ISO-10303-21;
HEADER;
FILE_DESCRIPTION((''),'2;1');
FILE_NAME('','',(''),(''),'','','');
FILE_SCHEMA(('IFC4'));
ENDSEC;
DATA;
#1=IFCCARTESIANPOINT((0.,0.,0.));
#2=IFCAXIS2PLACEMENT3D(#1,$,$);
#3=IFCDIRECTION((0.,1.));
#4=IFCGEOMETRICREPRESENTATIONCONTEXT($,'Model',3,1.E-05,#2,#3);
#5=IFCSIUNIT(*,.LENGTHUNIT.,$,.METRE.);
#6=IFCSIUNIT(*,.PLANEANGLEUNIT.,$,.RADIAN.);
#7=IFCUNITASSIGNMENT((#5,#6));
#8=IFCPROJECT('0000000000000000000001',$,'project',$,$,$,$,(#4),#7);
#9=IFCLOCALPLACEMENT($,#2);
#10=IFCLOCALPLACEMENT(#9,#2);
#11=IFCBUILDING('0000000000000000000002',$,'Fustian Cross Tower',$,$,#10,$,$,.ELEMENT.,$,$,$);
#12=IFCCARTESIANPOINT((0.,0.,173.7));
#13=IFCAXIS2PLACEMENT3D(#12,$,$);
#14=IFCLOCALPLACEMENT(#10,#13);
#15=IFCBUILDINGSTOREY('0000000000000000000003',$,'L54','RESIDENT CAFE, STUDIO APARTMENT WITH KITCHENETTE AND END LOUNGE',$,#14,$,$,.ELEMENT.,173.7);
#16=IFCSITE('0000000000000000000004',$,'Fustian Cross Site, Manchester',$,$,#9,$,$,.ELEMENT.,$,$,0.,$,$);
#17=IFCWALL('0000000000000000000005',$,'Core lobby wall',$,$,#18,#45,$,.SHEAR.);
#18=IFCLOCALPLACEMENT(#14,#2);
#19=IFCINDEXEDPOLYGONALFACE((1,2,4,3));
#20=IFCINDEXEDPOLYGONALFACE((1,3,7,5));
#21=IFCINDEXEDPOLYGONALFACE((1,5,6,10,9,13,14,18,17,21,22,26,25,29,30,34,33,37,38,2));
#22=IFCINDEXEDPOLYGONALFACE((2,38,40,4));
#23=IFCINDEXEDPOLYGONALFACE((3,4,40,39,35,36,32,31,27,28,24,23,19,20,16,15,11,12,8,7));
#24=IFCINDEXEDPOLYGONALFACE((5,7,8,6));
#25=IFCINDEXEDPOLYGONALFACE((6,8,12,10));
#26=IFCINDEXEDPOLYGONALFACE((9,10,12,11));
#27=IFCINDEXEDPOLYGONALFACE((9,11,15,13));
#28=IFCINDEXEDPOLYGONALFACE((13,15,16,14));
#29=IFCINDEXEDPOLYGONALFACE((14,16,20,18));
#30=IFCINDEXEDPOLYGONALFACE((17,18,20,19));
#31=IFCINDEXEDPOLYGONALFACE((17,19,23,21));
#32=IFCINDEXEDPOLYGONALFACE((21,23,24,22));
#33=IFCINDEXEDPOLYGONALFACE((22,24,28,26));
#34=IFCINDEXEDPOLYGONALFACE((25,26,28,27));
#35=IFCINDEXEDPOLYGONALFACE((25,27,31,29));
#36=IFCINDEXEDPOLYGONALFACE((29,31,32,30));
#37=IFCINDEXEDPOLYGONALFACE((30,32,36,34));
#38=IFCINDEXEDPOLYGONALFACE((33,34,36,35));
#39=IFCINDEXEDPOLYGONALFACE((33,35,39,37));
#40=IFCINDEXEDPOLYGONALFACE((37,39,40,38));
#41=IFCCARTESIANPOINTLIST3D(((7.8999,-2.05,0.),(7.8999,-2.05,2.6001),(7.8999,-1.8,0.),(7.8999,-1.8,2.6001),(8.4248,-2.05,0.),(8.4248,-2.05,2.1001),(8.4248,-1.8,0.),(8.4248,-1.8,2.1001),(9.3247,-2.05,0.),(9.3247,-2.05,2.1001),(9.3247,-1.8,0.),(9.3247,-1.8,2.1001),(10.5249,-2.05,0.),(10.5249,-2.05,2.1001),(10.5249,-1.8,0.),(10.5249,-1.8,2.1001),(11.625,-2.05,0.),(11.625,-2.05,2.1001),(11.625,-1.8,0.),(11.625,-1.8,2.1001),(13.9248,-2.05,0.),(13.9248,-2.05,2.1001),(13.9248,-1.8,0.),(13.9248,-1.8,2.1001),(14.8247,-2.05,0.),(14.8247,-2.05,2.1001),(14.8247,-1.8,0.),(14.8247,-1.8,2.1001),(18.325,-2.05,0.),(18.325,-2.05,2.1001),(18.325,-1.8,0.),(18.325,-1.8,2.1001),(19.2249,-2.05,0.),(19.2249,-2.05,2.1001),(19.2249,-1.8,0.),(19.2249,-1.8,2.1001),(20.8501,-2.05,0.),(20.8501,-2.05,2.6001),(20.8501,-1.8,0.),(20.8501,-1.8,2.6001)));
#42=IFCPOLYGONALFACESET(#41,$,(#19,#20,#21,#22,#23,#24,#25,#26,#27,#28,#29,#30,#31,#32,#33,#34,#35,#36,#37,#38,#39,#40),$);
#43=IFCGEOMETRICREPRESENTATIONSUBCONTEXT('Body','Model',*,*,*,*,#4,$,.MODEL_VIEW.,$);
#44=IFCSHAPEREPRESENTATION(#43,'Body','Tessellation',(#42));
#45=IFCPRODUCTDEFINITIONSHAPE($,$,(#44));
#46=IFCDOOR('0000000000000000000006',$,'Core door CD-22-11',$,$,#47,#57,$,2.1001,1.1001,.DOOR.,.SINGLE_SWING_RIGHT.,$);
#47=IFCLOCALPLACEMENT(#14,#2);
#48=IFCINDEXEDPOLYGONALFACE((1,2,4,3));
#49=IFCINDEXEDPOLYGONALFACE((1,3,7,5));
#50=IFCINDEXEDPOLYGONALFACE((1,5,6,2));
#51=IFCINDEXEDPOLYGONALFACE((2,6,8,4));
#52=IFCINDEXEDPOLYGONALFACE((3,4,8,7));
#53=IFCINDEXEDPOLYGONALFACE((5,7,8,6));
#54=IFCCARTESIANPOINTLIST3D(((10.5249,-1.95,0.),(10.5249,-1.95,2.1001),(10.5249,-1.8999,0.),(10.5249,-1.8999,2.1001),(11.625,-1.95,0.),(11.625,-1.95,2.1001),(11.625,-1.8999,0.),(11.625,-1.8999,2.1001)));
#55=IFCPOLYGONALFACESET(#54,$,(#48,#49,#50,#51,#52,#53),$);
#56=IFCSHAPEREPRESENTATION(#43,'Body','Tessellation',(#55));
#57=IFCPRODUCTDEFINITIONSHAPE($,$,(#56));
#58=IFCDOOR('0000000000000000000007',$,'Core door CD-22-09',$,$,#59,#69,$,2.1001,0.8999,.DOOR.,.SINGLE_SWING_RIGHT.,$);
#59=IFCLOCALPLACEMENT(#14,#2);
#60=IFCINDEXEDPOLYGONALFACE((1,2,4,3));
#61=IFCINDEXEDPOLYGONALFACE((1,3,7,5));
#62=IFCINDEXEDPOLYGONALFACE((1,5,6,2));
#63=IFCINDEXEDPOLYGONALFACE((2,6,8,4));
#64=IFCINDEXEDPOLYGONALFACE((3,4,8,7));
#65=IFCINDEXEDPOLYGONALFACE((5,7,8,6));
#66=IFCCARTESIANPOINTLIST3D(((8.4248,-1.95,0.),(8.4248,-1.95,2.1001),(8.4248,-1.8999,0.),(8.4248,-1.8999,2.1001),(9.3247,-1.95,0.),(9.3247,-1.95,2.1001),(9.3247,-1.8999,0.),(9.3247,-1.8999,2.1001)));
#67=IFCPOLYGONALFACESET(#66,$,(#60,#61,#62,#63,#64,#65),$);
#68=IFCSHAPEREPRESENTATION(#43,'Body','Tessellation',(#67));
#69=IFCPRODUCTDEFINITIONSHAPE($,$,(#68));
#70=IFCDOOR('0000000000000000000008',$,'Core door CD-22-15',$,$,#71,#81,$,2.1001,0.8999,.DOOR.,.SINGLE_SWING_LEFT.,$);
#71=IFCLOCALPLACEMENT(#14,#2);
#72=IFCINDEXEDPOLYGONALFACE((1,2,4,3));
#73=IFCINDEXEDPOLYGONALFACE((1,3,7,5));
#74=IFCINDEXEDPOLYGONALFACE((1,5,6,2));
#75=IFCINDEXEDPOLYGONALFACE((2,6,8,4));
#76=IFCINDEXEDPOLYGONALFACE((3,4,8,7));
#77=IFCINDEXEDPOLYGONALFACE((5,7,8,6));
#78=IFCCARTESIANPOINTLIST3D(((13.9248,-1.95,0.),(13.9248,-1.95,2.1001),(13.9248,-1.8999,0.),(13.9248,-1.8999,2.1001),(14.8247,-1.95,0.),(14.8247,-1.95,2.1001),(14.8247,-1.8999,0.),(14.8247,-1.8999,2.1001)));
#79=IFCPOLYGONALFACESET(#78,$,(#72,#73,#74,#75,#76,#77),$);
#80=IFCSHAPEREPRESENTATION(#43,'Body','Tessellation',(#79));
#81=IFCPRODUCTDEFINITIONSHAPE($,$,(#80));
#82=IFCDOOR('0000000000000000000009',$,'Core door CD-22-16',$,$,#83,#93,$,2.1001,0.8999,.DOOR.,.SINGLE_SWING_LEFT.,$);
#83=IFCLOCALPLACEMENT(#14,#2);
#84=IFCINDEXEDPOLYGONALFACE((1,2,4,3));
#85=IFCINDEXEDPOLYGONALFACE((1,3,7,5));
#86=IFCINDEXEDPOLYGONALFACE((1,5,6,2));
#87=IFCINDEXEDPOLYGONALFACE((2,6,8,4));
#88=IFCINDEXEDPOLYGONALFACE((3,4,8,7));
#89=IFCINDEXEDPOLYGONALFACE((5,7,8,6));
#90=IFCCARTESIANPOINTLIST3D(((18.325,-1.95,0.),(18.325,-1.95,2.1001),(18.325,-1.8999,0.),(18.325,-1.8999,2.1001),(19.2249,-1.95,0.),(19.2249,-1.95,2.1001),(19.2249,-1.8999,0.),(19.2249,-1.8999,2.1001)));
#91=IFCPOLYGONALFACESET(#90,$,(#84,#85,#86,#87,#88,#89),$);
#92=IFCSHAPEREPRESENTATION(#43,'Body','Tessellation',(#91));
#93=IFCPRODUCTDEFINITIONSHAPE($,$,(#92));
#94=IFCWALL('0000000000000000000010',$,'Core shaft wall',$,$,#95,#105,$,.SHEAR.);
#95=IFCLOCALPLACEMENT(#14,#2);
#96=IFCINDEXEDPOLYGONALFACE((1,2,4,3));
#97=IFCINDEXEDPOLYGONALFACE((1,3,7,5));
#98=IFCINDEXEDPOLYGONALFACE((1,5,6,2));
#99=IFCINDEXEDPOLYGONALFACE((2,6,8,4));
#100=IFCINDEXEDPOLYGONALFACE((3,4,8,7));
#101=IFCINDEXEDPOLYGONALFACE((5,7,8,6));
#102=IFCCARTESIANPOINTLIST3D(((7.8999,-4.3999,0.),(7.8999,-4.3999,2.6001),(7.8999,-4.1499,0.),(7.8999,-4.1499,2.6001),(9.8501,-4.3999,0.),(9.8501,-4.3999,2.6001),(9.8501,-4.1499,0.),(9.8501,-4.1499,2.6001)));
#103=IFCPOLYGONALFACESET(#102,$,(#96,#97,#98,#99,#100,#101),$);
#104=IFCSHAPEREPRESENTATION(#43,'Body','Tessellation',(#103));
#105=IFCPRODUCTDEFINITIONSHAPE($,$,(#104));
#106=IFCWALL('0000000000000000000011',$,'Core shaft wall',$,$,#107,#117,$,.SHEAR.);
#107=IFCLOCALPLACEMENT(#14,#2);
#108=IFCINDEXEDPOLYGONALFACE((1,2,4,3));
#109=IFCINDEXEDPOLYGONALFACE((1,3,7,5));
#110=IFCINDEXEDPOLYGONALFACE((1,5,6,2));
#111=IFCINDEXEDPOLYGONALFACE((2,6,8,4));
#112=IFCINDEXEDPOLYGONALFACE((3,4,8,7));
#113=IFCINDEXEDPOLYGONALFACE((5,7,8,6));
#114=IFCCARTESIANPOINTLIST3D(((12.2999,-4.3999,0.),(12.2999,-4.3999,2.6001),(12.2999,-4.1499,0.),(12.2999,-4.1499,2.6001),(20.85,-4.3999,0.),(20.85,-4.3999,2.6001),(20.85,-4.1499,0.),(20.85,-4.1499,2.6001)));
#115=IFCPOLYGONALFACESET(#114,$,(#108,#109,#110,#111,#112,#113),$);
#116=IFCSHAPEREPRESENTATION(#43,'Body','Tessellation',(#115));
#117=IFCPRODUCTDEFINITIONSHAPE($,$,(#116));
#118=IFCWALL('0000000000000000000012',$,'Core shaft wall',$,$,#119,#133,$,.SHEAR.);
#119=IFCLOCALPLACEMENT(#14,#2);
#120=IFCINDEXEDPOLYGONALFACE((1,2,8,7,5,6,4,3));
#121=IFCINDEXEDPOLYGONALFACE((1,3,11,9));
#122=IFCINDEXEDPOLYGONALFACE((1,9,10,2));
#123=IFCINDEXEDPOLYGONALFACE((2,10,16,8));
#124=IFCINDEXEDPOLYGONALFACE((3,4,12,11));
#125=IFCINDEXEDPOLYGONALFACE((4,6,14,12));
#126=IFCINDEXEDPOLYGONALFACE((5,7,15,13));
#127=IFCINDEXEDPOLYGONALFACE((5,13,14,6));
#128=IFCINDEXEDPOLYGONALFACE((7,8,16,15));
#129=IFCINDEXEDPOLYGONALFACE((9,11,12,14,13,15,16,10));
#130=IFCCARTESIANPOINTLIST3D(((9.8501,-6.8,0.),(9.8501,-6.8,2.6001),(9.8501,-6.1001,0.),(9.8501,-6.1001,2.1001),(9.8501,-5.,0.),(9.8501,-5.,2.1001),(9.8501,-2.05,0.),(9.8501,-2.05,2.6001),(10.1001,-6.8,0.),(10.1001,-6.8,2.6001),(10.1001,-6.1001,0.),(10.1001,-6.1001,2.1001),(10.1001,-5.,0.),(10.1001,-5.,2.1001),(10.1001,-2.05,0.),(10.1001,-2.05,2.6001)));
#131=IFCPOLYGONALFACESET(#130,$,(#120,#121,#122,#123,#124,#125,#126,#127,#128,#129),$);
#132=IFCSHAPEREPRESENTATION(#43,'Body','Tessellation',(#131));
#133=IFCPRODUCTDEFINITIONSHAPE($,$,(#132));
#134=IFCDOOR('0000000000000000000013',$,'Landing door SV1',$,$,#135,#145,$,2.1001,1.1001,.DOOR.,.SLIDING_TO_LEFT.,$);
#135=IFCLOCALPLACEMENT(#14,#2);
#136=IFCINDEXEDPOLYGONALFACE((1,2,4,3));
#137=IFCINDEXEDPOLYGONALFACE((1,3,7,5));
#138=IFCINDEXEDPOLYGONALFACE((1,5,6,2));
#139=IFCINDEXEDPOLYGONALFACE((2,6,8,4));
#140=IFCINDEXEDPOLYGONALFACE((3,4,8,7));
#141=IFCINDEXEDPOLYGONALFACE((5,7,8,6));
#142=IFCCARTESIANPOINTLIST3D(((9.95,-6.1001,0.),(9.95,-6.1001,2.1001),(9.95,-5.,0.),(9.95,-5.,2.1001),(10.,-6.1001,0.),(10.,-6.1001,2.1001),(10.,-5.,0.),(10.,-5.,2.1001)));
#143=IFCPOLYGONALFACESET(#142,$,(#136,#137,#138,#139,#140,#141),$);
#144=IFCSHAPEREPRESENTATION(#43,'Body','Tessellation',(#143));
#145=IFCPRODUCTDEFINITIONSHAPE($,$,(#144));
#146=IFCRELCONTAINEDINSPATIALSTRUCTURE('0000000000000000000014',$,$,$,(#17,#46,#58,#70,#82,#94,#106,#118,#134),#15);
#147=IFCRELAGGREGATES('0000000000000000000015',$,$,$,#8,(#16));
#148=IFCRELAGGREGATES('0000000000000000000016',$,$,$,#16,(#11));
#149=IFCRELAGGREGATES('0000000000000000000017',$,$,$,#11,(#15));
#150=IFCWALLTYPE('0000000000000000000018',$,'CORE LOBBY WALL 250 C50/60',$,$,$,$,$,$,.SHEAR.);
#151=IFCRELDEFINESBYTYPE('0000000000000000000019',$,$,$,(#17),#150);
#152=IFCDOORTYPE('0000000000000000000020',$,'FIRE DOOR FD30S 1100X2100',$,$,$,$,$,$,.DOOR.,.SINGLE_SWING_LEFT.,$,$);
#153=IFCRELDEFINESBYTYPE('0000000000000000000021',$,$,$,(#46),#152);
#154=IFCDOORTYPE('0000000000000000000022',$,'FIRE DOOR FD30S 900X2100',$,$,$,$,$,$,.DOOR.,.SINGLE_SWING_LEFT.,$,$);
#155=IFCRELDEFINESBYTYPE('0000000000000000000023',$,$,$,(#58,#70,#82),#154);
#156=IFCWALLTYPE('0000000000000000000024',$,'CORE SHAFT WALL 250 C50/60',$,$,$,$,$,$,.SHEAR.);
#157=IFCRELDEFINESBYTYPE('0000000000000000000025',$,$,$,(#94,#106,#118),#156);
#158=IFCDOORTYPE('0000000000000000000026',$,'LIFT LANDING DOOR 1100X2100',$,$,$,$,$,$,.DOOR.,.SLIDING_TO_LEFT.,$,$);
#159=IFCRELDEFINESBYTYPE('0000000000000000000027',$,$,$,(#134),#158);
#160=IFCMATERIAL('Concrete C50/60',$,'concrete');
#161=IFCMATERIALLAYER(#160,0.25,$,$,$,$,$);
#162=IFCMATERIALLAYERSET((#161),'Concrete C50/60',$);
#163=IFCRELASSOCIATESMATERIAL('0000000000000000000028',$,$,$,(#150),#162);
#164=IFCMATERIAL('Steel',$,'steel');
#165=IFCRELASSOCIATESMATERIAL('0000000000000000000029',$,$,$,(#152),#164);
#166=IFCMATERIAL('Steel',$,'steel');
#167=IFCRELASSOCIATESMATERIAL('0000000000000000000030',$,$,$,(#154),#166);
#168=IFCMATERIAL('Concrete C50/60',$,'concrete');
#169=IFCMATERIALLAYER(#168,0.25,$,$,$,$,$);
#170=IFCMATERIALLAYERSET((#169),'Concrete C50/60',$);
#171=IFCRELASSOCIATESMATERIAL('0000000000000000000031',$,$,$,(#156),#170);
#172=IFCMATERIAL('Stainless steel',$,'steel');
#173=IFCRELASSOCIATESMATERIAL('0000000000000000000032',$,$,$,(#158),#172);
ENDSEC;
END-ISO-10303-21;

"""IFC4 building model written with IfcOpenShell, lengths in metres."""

from ifc_helpers import new_model, si_unit, direction, frame, frame_2d, origin, place, context, subcontext, project, spatial, rectangle, extrude, material, layer, layer_set, type_object, element, fill, save


model = new_model("IFC4")

# Units and contexts
model_context = context("Model", 3, precision=1e-05, world=origin(), true_north=direction((0.0, 1.0)))
body_context = subcontext(model_context, "Body", "Model", "MODEL_VIEW")
ifc_project = project(units=[si_unit("LENGTHUNIT", "METRE"), si_unit("PLANEANGLEUNIT", "RADIAN")], contexts=[model_context])

# Site, building, storey
site_placement = place(None, origin())
site = spatial("IfcSite", under=ifc_project, at=site_placement, Name="Fustian Cross Site, Manchester", CompositionType="ELEMENT", RefElevation=0.0)
building_placement = place(site_placement, origin())
building = spatial("IfcBuilding", under=site, at=building_placement, Name="Fustian Cross Tower", CompositionType="ELEMENT")
storey_placement = place(building_placement, frame((0.0, 0.0, 173.7)))
storey = spatial("IfcBuildingStorey", under=building, at=storey_placement, Name="L54", Description="RESIDENT CAFE, STUDIO APARTMENT WITH KITCHENETTE AND END LOUNGE", CompositionType="ELEMENT", Elevation=173.7)

# Wall, openings, doors
ifc_material_1 = material(Name="Concrete C50/60", Category="concrete")
ifc_layer_1 = layer(ifc_material_1, 0.25)
ifc_layer_set_1 = layer_set([ifc_layer_1], Name="Concrete C50/60")
wall_type_1 = type_object("IfcWallType", Name="CORE LOBBY WALL 250 C50/60", PredefinedType="SHEAR", material=ifc_layer_set_1)
wall_1_placement = place(storey_placement, frame((7.8999, -1.925, 0.0), z_axis=(0.0, 0.0, 1.0), x_axis=(1.0, 0.0, 0.0)))
wall_1 = element("IfcWall", 1, at=wall_1_placement, inside=storey, type_object=wall_type_1, Name="Core lobby wall", PredefinedType="SHEAR", context=body_context, shape_type="SweptSolid", body=[
    extrude(rectangle(XDim=12.9502, YDim=0.25, at=frame_2d((6.4751, 0.0))), origin(), (0.0, 0.0, 1.0), 2.6001),
])
opening_1_placement = place(wall_1_placement, frame((0.5249, 0.0, 0.0)))
opening_1 = element("IfcOpeningElement", 2, at=opening_1_placement, cuts=wall_1, PredefinedType="OPENING", context=body_context, shape_type="SweptSolid", body=[
    extrude(rectangle(XDim=0.8999, YDim=2.1001, at=frame_2d((0.45, 1.05))), frame((0.0, 0.135, 0.0), z_axis=(0.0, -1.0, 0.0), x_axis=(1.0, 0.0, 0.0)), (0.0, 0.0, 1.0), 0.27),
])
opening_2_placement = place(wall_1_placement, frame((2.625, 0.0, 0.0)))
opening_2 = element("IfcOpeningElement", 3, at=opening_2_placement, cuts=wall_1, PredefinedType="OPENING", context=body_context, shape_type="SweptSolid", body=[
    extrude(rectangle(XDim=1.1001, YDim=2.1001, at=frame_2d((0.55, 1.05))), frame((0.0, 0.135, 0.0), z_axis=(0.0, -1.0, 0.0), x_axis=(1.0, 0.0, 0.0)), (0.0, 0.0, 1.0), 0.27),
])
opening_3_placement = place(wall_1_placement, frame((6.0249, 0.0, 0.0)))
opening_3 = element("IfcOpeningElement", 4, at=opening_3_placement, cuts=wall_1, PredefinedType="OPENING", context=body_context, shape_type="SweptSolid", body=[
    extrude(rectangle(XDim=0.8999, YDim=2.1001, at=frame_2d((0.45, 1.05))), frame((0.0, 0.135, 0.0), z_axis=(0.0, -1.0, 0.0), x_axis=(1.0, 0.0, 0.0)), (0.0, 0.0, 1.0), 0.27),
])
opening_4_placement = place(wall_1_placement, frame((10.425, 0.0, 0.0)))
opening_4 = element("IfcOpeningElement", 5, at=opening_4_placement, cuts=wall_1, PredefinedType="OPENING", context=body_context, shape_type="SweptSolid", body=[
    extrude(rectangle(XDim=0.8999, YDim=2.1001, at=frame_2d((0.45, 1.05))), frame((0.0, 0.135, 0.0), z_axis=(0.0, -1.0, 0.0), x_axis=(1.0, 0.0, 0.0)), (0.0, 0.0, 1.0), 0.27),
])
ifc_material_2 = material(Name="Steel", Category="steel")
door_type_1 = type_object("IfcDoorType", Name="FIRE DOOR FD30S 1100X2100", OperationType="SINGLE_SWING_LEFT", PredefinedType="DOOR", material=ifc_material_2)
door_1_placement = place(opening_2_placement, frame((1.1001, 0.0, 0.0), z_axis=(0.0, 0.0, 1.0), x_axis=(-1.0, 0.0, 0.0)))
door_1 = element("IfcDoor", 6, at=door_1_placement, inside=storey, type_object=door_type_1, Name="Core door CD-22-11", OperationType="SINGLE_SWING_RIGHT", OverallHeight=2.1001, OverallWidth=1.1001, PredefinedType="DOOR", context=body_context, shape_type="SweptSolid", body=[
    extrude(rectangle(XDim=1.1001, YDim=2.1001, at=frame_2d((0.55, 1.05))), frame((0.0, 0.0249, 0.0), z_axis=(0.0, -1.0, 0.0), x_axis=(1.0, 0.0, 0.0)), (0.0, 0.0, 1.0), 0.05),
])
fill(opening_2, door_1)
ifc_material_3 = material(Name="Steel", Category="steel")
door_type_2 = type_object("IfcDoorType", Name="FIRE DOOR FD30S 900X2100", OperationType="SINGLE_SWING_LEFT", PredefinedType="DOOR", material=ifc_material_3)
door_2_placement = place(opening_1_placement, frame((0.8999, 0.0, 0.0), z_axis=(0.0, 0.0, 1.0), x_axis=(-1.0, 0.0, 0.0)))
door_2 = element("IfcDoor", 7, at=door_2_placement, inside=storey, type_object=door_type_2, Name="Core door CD-22-09", OperationType="SINGLE_SWING_RIGHT", OverallHeight=2.1001, OverallWidth=0.8999, PredefinedType="DOOR", context=body_context, shape_type="SweptSolid", body=[
    extrude(rectangle(XDim=0.8999, YDim=2.1001, at=frame_2d((0.45, 1.05))), frame((0.0, 0.0249, 0.0), z_axis=(0.0, -1.0, 0.0), x_axis=(1.0, 0.0, 0.0)), (0.0, 0.0, 1.0), 0.05),
])
fill(opening_1, door_2)
door_3_placement = place(opening_3_placement, frame((0.8999, 0.0, 0.0), z_axis=(0.0, 0.0, 1.0), x_axis=(-1.0, 0.0, 0.0)))
door_3 = element("IfcDoor", 8, at=door_3_placement, inside=storey, type_object=door_type_2, Name="Core door CD-22-15", OperationType="SINGLE_SWING_LEFT", OverallHeight=2.1001, OverallWidth=0.8999, PredefinedType="DOOR", context=body_context, shape_type="SweptSolid", body=[
    extrude(rectangle(XDim=0.8999, YDim=2.1001, at=frame_2d((0.45, 1.05))), frame((0.0, 0.0249, 0.0), z_axis=(0.0, -1.0, 0.0), x_axis=(1.0, 0.0, 0.0)), (0.0, 0.0, 1.0), 0.05),
])
fill(opening_3, door_3)
door_4_placement = place(opening_4_placement, frame((0.8999, 0.0, 0.0), z_axis=(0.0, 0.0, 1.0), x_axis=(-1.0, 0.0, 0.0)))
door_4 = element("IfcDoor", 9, at=door_4_placement, inside=storey, type_object=door_type_2, Name="Core door CD-22-16", OperationType="SINGLE_SWING_LEFT", OverallHeight=2.1001, OverallWidth=0.8999, PredefinedType="DOOR", context=body_context, shape_type="SweptSolid", body=[
    extrude(rectangle(XDim=0.8999, YDim=2.1001, at=frame_2d((0.45, 1.05))), frame((0.0, 0.0249, 0.0), z_axis=(0.0, -1.0, 0.0), x_axis=(1.0, 0.0, 0.0)), (0.0, 0.0, 1.0), 0.05),
])
fill(opening_4, door_4)

# Walls
ifc_material_4 = material(Name="Concrete C50/60", Category="concrete")
ifc_layer_2 = layer(ifc_material_4, 0.25)
ifc_layer_set_2 = layer_set([ifc_layer_2], Name="Concrete C50/60")
wall_type_2 = type_object("IfcWallType", Name="CORE SHAFT WALL 250 C50/60", PredefinedType="SHEAR", material=ifc_layer_set_2)
wall_2_placement = place(storey_placement, frame((7.8999, -4.2749, 0.0), z_axis=(0.0, 0.0, 1.0), x_axis=(1.0, 0.0, 0.0)))
element("IfcWall", 10, at=wall_2_placement, inside=storey, type_object=wall_type_2, Name="Core shaft wall", PredefinedType="SHEAR", context=body_context, shape_type="SweptSolid", body=[
    extrude(rectangle(XDim=1.9502, YDim=0.25, at=frame_2d((0.9751, 0.0))), origin(), (0.0, 0.0, 1.0), 2.6001),
])
wall_3_placement = place(storey_placement, frame((12.3, -4.2749, 0.0), z_axis=(0.0, 0.0, 1.0), x_axis=(1.0, 0.0, 0.0)))
element("IfcWall", 11, at=wall_3_placement, inside=storey, type_object=wall_type_2, Name="Core shaft wall", PredefinedType="SHEAR", context=body_context, shape_type="SweptSolid", body=[
    extrude(rectangle(XDim=8.55, YDim=0.25, at=frame_2d((4.2749, 0.0))), origin(), (0.0, 0.0, 1.0), 2.6001),
])

# Wall, opening, door
wall_4_placement = place(storey_placement, frame((9.9751, -2.05, 0.0), z_axis=(0.0, 0.0, 1.0), x_axis=(0.0, -1.0, 0.0)))
wall_4 = element("IfcWall", 12, at=wall_4_placement, inside=storey, type_object=wall_type_2, Name="Core shaft wall", PredefinedType="SHEAR", context=body_context, shape_type="SweptSolid", body=[
    extrude(rectangle(XDim=4.75, YDim=0.25, at=frame_2d((2.375, 0.0))), origin(), (0.0, 0.0, 1.0), 2.6001),
])
opening_5_placement = place(wall_4_placement, frame((2.95, 0.0, 0.0)))
opening_5 = element("IfcOpeningElement", 13, at=opening_5_placement, cuts=wall_4, PredefinedType="OPENING", context=body_context, shape_type="SweptSolid", body=[
    extrude(rectangle(XDim=1.1001, YDim=2.1001, at=frame_2d((0.55, 1.05))), frame((0.0, 0.135, 0.0), z_axis=(0.0, -1.0, 0.0), x_axis=(1.0, 0.0, 0.0)), (0.0, 0.0, 1.0), 0.27),
])
ifc_material_5 = material(Name="Stainless steel", Category="steel")
door_type_3 = type_object("IfcDoorType", Name="LIFT LANDING DOOR 1100X2100", OperationType="SLIDING_TO_LEFT", PredefinedType="DOOR", material=ifc_material_5)
door_5_placement = place(opening_5_placement, origin())
door_5 = element("IfcDoor", 14, at=door_5_placement, inside=storey, type_object=door_type_3, Name="Landing door SV1", OperationType="SLIDING_TO_LEFT", OverallHeight=2.1001, OverallWidth=1.1001, PredefinedType="DOOR", context=body_context, shape_type="SweptSolid", body=[
    extrude(rectangle(XDim=1.1001, YDim=2.1001, at=frame_2d((0.55, 1.05))), frame((0.0, 0.0249, 0.0), z_axis=(0.0, -1.0, 0.0), x_axis=(1.0, 0.0, 0.0)), (0.0, 0.0, 1.0), 0.05),
])
fill(opening_5, door_5)

save(model, "model.ifc")
